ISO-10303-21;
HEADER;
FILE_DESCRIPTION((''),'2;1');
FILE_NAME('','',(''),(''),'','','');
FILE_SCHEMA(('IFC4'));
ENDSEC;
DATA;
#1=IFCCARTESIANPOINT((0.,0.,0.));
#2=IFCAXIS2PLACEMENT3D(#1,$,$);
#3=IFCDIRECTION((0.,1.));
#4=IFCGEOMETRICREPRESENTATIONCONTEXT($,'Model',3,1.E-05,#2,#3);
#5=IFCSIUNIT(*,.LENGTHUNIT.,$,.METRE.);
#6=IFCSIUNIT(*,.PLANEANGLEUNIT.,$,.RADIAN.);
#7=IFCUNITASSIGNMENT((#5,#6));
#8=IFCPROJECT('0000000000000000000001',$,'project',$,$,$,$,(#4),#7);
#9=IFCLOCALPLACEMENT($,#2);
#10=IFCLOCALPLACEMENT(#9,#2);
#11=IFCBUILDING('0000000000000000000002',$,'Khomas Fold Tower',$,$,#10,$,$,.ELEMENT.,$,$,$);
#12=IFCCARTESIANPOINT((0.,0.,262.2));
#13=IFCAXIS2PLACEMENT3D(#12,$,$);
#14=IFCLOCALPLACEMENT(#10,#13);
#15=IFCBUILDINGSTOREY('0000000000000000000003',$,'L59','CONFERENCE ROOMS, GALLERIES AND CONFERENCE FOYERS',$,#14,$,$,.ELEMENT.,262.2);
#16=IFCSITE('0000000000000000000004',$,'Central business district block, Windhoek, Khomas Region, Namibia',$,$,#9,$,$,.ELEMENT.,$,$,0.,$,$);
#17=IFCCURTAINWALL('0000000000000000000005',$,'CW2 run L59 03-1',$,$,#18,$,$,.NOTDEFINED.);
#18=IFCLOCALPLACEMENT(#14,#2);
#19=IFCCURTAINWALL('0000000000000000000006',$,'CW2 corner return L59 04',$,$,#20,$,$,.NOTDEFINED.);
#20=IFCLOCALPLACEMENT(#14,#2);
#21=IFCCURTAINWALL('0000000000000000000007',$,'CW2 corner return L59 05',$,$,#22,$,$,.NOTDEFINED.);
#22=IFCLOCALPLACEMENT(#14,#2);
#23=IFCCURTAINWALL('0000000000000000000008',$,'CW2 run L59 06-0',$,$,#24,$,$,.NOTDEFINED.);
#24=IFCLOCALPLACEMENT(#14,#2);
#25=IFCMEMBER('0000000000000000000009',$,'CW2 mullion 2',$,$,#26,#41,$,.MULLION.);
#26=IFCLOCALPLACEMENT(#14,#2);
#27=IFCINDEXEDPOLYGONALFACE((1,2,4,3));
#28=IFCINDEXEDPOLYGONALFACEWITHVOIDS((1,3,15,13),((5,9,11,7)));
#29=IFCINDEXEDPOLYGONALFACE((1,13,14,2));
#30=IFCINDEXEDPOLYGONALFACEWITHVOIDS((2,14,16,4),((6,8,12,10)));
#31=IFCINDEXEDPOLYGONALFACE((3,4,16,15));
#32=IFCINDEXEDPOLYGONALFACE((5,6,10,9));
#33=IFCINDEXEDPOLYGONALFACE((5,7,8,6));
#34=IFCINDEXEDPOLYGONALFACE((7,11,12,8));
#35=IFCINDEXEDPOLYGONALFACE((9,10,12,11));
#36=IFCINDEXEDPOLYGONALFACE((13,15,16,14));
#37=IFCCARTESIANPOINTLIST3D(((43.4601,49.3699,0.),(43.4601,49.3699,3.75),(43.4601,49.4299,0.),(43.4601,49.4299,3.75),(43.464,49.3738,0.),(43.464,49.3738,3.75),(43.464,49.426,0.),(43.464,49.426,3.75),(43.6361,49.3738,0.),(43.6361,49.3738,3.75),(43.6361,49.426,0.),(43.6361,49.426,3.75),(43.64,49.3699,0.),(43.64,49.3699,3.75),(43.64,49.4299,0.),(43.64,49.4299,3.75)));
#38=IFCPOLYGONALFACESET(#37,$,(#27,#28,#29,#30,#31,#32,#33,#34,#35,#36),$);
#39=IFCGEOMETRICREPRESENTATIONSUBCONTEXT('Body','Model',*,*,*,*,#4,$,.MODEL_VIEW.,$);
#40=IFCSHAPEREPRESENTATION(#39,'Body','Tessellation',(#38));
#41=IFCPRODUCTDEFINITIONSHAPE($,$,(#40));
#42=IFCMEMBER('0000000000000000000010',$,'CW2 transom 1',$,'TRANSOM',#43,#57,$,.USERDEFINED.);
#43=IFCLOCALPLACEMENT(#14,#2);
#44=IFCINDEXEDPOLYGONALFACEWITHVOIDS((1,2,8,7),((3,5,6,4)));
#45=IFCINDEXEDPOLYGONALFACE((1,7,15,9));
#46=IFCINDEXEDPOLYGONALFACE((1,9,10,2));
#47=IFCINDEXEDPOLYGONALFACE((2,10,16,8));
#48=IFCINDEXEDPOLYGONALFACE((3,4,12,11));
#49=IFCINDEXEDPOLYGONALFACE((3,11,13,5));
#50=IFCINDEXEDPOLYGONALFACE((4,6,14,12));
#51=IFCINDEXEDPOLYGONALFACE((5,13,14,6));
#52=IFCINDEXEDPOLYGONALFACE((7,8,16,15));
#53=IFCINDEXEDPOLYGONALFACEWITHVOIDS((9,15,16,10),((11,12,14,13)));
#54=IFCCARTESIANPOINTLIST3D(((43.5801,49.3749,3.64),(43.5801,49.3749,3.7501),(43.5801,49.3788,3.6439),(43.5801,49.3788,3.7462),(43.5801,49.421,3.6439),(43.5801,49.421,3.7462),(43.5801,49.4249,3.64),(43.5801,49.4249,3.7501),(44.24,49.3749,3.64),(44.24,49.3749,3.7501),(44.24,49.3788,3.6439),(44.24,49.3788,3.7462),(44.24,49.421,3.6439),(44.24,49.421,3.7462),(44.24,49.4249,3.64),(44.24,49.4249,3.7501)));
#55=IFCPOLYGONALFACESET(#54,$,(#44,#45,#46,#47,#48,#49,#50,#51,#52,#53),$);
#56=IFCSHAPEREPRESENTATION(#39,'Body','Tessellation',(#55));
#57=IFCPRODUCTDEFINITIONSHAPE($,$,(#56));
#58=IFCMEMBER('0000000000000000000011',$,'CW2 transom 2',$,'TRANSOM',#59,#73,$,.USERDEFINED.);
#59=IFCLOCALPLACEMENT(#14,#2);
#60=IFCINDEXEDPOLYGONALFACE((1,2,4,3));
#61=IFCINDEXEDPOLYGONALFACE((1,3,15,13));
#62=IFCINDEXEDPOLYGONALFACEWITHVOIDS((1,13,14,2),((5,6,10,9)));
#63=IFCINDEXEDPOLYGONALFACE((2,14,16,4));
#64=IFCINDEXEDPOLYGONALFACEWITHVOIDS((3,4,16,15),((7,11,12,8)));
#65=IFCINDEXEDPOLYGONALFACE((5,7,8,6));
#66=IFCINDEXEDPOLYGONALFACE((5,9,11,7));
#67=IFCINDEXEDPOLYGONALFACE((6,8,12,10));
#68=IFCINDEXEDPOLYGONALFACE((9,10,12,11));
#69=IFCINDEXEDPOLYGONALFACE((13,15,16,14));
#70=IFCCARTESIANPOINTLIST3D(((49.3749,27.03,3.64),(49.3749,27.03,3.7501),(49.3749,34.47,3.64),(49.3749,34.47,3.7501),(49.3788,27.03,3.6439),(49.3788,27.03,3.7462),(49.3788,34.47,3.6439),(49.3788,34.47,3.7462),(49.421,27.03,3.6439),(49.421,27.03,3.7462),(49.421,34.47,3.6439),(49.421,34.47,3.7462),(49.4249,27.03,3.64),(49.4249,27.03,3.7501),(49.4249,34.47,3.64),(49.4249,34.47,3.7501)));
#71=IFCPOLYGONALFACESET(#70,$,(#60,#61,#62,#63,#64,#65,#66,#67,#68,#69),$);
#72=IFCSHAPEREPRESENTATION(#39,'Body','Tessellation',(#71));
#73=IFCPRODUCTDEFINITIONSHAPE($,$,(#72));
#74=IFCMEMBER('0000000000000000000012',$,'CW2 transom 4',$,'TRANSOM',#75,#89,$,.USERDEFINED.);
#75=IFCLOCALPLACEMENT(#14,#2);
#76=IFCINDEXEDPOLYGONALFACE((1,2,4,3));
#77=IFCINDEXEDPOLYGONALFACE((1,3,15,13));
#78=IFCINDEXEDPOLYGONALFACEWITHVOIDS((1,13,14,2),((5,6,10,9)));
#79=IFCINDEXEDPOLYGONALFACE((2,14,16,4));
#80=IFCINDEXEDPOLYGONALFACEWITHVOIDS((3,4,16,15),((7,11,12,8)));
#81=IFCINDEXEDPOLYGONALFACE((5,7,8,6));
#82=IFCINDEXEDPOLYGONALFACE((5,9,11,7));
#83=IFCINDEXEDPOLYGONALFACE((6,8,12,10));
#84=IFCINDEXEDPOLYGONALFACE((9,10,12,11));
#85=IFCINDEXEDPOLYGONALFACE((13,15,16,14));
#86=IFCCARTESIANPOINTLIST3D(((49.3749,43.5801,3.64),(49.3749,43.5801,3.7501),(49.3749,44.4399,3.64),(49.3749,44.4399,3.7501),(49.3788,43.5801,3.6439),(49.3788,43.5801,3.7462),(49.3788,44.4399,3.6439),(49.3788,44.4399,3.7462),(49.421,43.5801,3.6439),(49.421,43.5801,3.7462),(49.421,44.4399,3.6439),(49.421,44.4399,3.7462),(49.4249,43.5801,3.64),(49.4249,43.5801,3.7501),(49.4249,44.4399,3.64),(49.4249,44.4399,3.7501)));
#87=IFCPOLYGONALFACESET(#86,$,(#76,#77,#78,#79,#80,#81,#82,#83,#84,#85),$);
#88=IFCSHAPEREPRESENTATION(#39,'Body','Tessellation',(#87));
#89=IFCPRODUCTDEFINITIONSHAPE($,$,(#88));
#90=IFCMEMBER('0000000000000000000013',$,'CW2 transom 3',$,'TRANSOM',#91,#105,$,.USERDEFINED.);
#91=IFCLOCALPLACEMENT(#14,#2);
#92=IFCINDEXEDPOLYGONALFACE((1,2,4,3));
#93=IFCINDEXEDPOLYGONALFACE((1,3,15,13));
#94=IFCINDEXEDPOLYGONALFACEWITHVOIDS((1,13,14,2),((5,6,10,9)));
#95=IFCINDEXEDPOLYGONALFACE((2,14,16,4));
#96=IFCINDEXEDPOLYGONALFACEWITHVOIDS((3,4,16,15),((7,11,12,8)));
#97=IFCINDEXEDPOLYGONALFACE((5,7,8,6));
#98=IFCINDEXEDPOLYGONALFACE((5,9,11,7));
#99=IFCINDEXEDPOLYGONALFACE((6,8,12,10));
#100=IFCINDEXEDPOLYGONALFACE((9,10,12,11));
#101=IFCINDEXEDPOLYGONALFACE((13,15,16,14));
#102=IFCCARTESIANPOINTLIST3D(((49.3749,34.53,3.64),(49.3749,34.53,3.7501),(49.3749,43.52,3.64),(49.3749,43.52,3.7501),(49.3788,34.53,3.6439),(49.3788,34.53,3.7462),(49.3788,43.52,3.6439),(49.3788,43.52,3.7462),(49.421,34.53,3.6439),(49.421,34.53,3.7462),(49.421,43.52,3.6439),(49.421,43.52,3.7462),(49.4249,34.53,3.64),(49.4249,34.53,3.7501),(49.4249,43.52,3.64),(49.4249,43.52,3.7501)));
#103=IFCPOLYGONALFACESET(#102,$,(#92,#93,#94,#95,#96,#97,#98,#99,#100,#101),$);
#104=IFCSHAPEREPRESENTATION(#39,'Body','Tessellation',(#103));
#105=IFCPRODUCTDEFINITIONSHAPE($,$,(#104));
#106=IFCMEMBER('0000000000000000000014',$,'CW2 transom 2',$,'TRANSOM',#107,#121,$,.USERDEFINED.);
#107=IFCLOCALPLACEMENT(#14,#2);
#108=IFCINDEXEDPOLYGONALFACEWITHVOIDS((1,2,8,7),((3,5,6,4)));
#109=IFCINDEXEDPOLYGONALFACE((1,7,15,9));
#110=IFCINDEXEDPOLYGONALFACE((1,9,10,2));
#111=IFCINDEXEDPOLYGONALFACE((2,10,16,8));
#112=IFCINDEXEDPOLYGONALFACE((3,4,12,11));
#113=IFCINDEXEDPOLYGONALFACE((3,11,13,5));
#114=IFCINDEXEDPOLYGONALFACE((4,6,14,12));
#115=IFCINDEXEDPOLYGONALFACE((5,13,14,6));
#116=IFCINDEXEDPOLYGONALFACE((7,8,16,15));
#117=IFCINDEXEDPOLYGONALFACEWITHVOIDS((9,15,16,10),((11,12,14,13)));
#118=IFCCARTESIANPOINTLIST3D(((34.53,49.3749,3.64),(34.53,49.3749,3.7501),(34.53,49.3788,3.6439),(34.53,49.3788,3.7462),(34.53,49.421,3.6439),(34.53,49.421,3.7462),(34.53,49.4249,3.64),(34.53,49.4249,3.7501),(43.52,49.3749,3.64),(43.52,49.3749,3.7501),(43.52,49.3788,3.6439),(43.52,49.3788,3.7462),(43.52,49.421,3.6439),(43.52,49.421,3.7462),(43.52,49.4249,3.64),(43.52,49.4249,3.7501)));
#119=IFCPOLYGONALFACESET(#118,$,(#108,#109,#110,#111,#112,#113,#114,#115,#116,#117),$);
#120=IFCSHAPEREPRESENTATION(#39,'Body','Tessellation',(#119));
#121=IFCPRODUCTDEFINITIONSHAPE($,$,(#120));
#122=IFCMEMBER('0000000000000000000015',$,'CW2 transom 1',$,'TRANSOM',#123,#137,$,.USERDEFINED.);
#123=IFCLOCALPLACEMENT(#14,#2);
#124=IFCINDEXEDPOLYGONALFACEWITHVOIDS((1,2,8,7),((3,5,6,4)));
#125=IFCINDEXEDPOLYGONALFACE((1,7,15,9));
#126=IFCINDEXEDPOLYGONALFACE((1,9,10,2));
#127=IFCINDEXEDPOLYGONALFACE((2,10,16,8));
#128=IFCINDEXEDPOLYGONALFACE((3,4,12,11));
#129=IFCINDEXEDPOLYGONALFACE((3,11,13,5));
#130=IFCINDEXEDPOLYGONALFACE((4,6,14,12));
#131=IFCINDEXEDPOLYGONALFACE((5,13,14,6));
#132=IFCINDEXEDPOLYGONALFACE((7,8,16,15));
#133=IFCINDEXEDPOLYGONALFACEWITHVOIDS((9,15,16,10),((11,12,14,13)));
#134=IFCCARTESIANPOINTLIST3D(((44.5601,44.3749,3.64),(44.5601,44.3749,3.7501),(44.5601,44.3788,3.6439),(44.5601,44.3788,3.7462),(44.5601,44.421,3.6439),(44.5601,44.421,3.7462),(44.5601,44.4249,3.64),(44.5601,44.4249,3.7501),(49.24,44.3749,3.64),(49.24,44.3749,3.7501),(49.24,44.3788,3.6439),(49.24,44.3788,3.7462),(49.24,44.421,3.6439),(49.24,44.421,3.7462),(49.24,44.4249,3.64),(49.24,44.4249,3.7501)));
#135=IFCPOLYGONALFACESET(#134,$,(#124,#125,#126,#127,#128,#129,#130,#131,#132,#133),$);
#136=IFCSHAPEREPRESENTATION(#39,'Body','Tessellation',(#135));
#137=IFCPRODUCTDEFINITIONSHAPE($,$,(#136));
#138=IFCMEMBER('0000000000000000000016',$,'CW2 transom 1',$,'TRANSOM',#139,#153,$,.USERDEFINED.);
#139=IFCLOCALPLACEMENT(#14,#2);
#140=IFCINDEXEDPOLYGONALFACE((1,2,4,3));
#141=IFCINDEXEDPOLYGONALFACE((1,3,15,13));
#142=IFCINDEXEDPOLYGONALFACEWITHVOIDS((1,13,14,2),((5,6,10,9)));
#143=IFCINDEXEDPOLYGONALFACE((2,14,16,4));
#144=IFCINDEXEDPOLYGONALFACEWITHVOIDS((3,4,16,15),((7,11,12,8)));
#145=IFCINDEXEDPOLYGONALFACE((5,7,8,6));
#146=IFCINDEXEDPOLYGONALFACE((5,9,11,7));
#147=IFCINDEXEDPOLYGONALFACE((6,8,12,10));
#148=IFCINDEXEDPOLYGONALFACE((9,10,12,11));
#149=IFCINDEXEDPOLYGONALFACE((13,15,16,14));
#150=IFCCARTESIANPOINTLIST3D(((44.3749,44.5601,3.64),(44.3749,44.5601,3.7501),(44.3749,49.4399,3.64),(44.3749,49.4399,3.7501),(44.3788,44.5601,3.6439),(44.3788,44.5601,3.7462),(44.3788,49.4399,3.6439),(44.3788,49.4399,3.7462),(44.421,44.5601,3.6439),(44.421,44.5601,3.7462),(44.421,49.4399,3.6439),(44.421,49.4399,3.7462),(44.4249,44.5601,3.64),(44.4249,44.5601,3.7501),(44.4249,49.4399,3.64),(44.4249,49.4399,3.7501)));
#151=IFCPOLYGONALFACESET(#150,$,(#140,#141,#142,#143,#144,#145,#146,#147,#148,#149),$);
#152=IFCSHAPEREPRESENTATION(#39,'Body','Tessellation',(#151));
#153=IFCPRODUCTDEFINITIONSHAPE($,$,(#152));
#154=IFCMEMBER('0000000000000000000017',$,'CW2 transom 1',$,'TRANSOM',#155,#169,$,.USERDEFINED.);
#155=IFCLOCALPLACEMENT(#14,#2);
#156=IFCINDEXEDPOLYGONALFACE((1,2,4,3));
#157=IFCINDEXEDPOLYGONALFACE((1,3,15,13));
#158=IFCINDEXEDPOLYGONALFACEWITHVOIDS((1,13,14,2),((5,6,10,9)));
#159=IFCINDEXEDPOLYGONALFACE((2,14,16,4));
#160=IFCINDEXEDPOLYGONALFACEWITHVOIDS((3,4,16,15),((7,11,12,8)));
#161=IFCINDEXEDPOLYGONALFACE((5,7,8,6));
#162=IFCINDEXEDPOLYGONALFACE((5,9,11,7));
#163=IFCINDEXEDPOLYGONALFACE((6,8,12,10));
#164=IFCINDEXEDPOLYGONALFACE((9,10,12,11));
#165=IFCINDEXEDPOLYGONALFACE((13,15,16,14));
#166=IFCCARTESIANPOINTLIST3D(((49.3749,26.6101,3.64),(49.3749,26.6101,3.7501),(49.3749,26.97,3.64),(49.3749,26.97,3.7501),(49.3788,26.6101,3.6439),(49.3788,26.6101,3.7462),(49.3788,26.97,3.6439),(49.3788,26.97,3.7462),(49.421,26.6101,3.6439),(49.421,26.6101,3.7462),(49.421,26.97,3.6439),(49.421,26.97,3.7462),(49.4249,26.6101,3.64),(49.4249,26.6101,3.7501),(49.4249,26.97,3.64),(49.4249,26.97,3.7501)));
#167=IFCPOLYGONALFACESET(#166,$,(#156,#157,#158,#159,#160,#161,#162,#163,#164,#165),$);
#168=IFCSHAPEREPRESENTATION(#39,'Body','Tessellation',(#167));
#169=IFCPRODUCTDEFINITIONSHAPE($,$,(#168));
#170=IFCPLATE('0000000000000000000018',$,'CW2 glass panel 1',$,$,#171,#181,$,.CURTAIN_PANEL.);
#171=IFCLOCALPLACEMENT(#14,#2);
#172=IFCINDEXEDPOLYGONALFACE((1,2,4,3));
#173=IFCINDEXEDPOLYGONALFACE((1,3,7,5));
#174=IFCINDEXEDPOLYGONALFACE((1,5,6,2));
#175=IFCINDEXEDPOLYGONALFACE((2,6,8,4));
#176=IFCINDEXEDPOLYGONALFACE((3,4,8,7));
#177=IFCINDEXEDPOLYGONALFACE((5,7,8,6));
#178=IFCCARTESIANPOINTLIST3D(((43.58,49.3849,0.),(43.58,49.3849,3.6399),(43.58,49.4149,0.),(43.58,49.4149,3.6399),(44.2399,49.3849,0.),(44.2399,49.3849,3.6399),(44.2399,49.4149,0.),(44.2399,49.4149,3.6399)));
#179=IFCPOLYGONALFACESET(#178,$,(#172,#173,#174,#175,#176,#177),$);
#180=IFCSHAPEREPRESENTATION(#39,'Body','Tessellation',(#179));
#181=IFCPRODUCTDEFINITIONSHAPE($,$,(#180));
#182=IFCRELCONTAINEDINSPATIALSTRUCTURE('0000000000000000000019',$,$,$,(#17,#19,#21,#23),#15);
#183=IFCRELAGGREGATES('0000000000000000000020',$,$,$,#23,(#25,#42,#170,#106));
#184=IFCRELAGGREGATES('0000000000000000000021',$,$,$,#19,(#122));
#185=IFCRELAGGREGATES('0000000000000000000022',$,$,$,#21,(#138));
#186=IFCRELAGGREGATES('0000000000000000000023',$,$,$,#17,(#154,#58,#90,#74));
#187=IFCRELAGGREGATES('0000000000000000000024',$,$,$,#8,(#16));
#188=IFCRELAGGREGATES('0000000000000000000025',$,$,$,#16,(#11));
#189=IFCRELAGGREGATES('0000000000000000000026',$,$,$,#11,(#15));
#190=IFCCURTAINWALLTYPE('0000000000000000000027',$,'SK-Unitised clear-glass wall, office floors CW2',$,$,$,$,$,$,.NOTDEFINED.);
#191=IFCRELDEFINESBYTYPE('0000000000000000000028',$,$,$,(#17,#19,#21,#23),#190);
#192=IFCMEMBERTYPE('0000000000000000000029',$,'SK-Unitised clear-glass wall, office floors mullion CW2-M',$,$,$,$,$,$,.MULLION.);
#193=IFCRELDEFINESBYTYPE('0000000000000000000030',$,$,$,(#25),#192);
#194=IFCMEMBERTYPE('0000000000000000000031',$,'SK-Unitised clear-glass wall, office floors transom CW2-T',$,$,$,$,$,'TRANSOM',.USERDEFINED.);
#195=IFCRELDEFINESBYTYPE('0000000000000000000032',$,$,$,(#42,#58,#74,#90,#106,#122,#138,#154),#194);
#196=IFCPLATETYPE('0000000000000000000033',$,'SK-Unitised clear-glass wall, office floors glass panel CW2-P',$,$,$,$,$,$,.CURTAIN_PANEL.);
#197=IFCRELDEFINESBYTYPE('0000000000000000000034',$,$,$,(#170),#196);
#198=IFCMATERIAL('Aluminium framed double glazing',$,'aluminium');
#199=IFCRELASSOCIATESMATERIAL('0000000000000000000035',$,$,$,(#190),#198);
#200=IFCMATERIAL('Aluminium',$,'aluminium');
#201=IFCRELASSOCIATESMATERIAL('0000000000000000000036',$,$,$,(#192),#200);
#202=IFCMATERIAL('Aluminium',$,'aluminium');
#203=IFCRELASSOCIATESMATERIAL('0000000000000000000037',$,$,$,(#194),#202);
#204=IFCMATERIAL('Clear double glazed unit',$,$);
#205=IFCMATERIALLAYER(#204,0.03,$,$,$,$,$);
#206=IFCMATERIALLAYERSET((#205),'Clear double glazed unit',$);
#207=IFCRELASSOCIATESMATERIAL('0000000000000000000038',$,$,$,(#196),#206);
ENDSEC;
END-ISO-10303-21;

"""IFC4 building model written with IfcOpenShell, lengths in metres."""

from ifc_helpers import new_model, si_unit, direction, frame, origin, origin_2d, place, context, subcontext, project, spatial, rectangle, hollow_rectangle, extrude, source, transform, mapped, material, layer, layer_set, material_profile, profile_set, type_object, element, aggregate, save


model = new_model("IFC4")

# Units and contexts
model_context = context("Model", 3, precision=1e-05, world=origin(), true_north=direction((0.0, 1.0)))
body_context = subcontext(model_context, "Body", "Model", "MODEL_VIEW")
ifc_project = project(units=[si_unit("LENGTHUNIT", "METRE"), si_unit("PLANEANGLEUNIT", "RADIAN")], contexts=[model_context])

# Site, building, storey
site_placement = place(None, origin())
site = spatial("IfcSite", under=ifc_project, at=site_placement, Name="Central business district block, Windhoek, Khomas Region, Namibia", CompositionType="ELEMENT", RefElevation=0.0)
building_placement = place(site_placement, origin())
building = spatial("IfcBuilding", under=site, at=building_placement, Name="Khomas Fold Tower", CompositionType="ELEMENT")
storey_placement = place(building_placement, frame((0.0, 0.0, 262.2)))
storey = spatial("IfcBuildingStorey", under=building, at=storey_placement, Name="L59", Description="CONFERENCE ROOMS, GALLERIES AND CONFERENCE FOYERS", CompositionType="ELEMENT", Elevation=262.2)

# Curtain walls, members
ifc_material_1 = material(Name="Aluminium framed double glazing", Category="aluminium")
curtain_wall_type = type_object("IfcCurtainWallType", Name="SK-Unitised clear-glass wall, office floors CW2", PredefinedType="NOTDEFINED", material=ifc_material_1)
curtain_wall_1_placement = place(storey_placement, origin())
curtain_wall_1 = element("IfcCurtainWall", 1, at=curtain_wall_1_placement, inside=storey, type_object=curtain_wall_type, Name="CW2 run L59 03-1", PredefinedType="NOTDEFINED")
ifc_material_2 = material(Name="Aluminium", Category="aluminium")
ifc_material_profile_1 = material_profile(ifc_material_2, hollow_rectangle(XDim=0.0601, YDim=0.1799, WallThickness=0.0039, at=origin_2d()), Name="SK-Unitised clear-glass wall, office floors mullion CW2-M")
ifc_profile_set_1 = profile_set([ifc_material_profile_1], Name="Aluminium")
member_type_1 = type_object("IfcMemberType", Name="SK-Unitised clear-glass wall, office floors mullion CW2-M", PredefinedType="MULLION", material=ifc_profile_set_1)
shared_shape_1 = source(origin(), body_context, "Body", "SweptSolid", [
    extrude(hollow_rectangle(XDim=0.0601, YDim=0.1799, WallThickness=0.0039, at=origin_2d()), origin(), (0.0, 0.0, 1.0), 3.75),
])
curtain_wall_2_placement = place(storey_placement, origin())
curtain_wall_2 = element("IfcCurtainWall", 2, at=curtain_wall_2_placement, inside=storey, type_object=curtain_wall_type, Name="CW2 corner return L59 04", PredefinedType="NOTDEFINED")
curtain_wall_3_placement = place(storey_placement, origin())
curtain_wall_3 = element("IfcCurtainWall", 3, at=curtain_wall_3_placement, inside=storey, type_object=curtain_wall_type, Name="CW2 corner return L59 05", PredefinedType="NOTDEFINED")
curtain_wall_4_placement = place(storey_placement, origin())
curtain_wall_4 = element("IfcCurtainWall", 4, at=curtain_wall_4_placement, inside=storey, type_object=curtain_wall_type, Name="CW2 run L59 06-0", PredefinedType="NOTDEFINED")
member_1_placement = place(storey_placement, frame((43.55, 49.3999, 0.0), z_axis=(0.0, 0.0, 1.0), x_axis=(0.0, -1.0, 0.0)))
member_1 = element("IfcMember", 5, at=member_1_placement, type_object=member_type_1, Name="CW2 mullion 2", PredefinedType="MULLION", context=body_context, shape_type="MappedRepresentation", body=[
    mapped(shared_shape_1, transform((0.0, 0.0, 0.0))),
])
ifc_material_3 = material(Name="Aluminium", Category="aluminium")
ifc_material_profile_2 = material_profile(ifc_material_3, hollow_rectangle(XDim=0.05, YDim=0.1101, WallThickness=0.0039, at=origin_2d()), Name="SK-Unitised clear-glass wall, office floors transom CW2-T")
ifc_profile_set_2 = profile_set([ifc_material_profile_2], Name="Aluminium")
member_type_2 = type_object("IfcMemberType", Name="SK-Unitised clear-glass wall, office floors transom CW2-T", ElementType="TRANSOM", PredefinedType="USERDEFINED", material=ifc_profile_set_2)
shared_shape_2 = source(origin(), body_context, "Body", "SweptSolid", [
    extrude(hollow_rectangle(XDim=0.05, YDim=0.1101, WallThickness=0.0039, at=origin_2d()), origin(), (0.0, 0.0, 1.0), 0.6599),
])
member_2_placement = place(storey_placement, frame((44.24, 49.3999, 3.6951), z_axis=(-1.0, 0.0, 0.0), x_axis=(0.0, -1.0, 0.0)))
member_2 = element("IfcMember", 6, at=member_2_placement, type_object=member_type_2, Name="CW2 transom 1", ObjectType="TRANSOM", PredefinedType="USERDEFINED", context=body_context, shape_type="MappedRepresentation", body=[
    mapped(shared_shape_2, transform((0.0, 0.0, 0.0))),
])

# Members
shared_shape_3 = source(origin(), body_context, "Body", "SweptSolid", [
    extrude(hollow_rectangle(XDim=0.05, YDim=0.1101, WallThickness=0.0039, at=origin_2d()), origin(), (0.0, 0.0, 1.0), 7.4399),
])
member_3_placement = place(storey_placement, frame((49.3999, 27.03, 3.6951), z_axis=(0.0, 1.0, 0.0), x_axis=(-1.0, 0.0, 0.0)))
member_3 = element("IfcMember", 7, at=member_3_placement, type_object=member_type_2, Name="CW2 transom 2", ObjectType="TRANSOM", PredefinedType="USERDEFINED", context=body_context, shape_type="MappedRepresentation", body=[
    mapped(shared_shape_3, transform((0.0, 0.0, 0.0))),
])
shared_shape_4 = source(origin(), body_context, "Body", "SweptSolid", [
    extrude(hollow_rectangle(XDim=0.05, YDim=0.1101, WallThickness=0.0039, at=origin_2d()), origin(), (0.0, 0.0, 1.0), 0.8599),
])
member_4_placement = place(storey_placement, frame((49.3999, 43.5801, 3.6951), z_axis=(0.0, 1.0, 0.0), x_axis=(-1.0, 0.0, 0.0)))
member_4 = element("IfcMember", 8, at=member_4_placement, type_object=member_type_2, Name="CW2 transom 4", ObjectType="TRANSOM", PredefinedType="USERDEFINED", context=body_context, shape_type="MappedRepresentation", body=[
    mapped(shared_shape_4, transform((0.0, 0.0, 0.0))),
])
shared_shape_5 = source(origin(), body_context, "Body", "SweptSolid", [
    extrude(hollow_rectangle(XDim=0.05, YDim=0.1101, WallThickness=0.0039, at=origin_2d()), origin(), (0.0, 0.0, 1.0), 8.99),
])
member_5_placement = place(storey_placement, frame((49.3999, 34.53, 3.6951), z_axis=(0.0, 1.0, 0.0), x_axis=(-1.0, 0.0, 0.0)))
member_5 = element("IfcMember", 9, at=member_5_placement, type_object=member_type_2, Name="CW2 transom 3", ObjectType="TRANSOM", PredefinedType="USERDEFINED", context=body_context, shape_type="MappedRepresentation", body=[
    mapped(shared_shape_5, transform((0.0, 0.0, 0.0))),
])
member_6_placement = place(storey_placement, frame((43.52, 49.3999, 3.6951), z_axis=(-1.0, 0.0, 0.0), x_axis=(0.0, -1.0, 0.0)))
member_6 = element("IfcMember", 10, at=member_6_placement, type_object=member_type_2, Name="CW2 transom 2", ObjectType="TRANSOM", PredefinedType="USERDEFINED", context=body_context, shape_type="MappedRepresentation", body=[
    mapped(shared_shape_5, transform((0.0, 0.0, 0.0))),
])
shared_shape_6 = source(origin(), body_context, "Body", "SweptSolid", [
    extrude(hollow_rectangle(XDim=0.05, YDim=0.1101, WallThickness=0.0039, at=origin_2d()), origin(), (0.0, 0.0, 1.0), 4.6799),
])
member_7_placement = place(storey_placement, frame((49.24, 44.3999, 3.6951), z_axis=(-1.0, 0.0, 0.0), x_axis=(0.0, -1.0, 0.0)))
member_7 = element("IfcMember", 11, at=member_7_placement, type_object=member_type_2, Name="CW2 transom 1", ObjectType="TRANSOM", PredefinedType="USERDEFINED", context=body_context, shape_type="MappedRepresentation", body=[
    mapped(shared_shape_6, transform((0.0, 0.0, 0.0))),
])
shared_shape_7 = source(origin(), body_context, "Body", "SweptSolid", [
    extrude(hollow_rectangle(XDim=0.05, YDim=0.1101, WallThickness=0.0039, at=origin_2d()), origin(), (0.0, 0.0, 1.0), 4.8799),
])
member_8_placement = place(storey_placement, frame((44.3999, 44.5601, 3.6951), z_axis=(0.0, 1.0, 0.0), x_axis=(-1.0, 0.0, 0.0)))
member_8 = element("IfcMember", 12, at=member_8_placement, type_object=member_type_2, Name="CW2 transom 1", ObjectType="TRANSOM", PredefinedType="USERDEFINED", context=body_context, shape_type="MappedRepresentation", body=[
    mapped(shared_shape_7, transform((0.0, 0.0, 0.0))),
])
shared_shape_8 = source(origin(), body_context, "Body", "SweptSolid", [
    extrude(hollow_rectangle(XDim=0.05, YDim=0.1101, WallThickness=0.0039, at=origin_2d()), origin(), (0.0, 0.0, 1.0), 0.3599),
])
member_9_placement = place(storey_placement, frame((49.3999, 26.6101, 3.6951), z_axis=(0.0, 1.0, 0.0), x_axis=(-1.0, 0.0, 0.0)))
member_9 = element("IfcMember", 13, at=member_9_placement, type_object=member_type_2, Name="CW2 transom 1", ObjectType="TRANSOM", PredefinedType="USERDEFINED", context=body_context, shape_type="MappedRepresentation", body=[
    mapped(shared_shape_8, transform((0.0, 0.0, 0.0))),
])

# Plate
ifc_material_4 = material(Name="Clear double glazed unit")
ifc_layer_1 = layer(ifc_material_4, 0.03)
ifc_layer_set_1 = layer_set([ifc_layer_1], Name="Clear double glazed unit")
plate_type = type_object("IfcPlateType", Name="SK-Unitised clear-glass wall, office floors glass panel CW2-P", PredefinedType="CURTAIN_PANEL", material=ifc_layer_set_1)
shared_shape_9 = source(origin(), body_context, "Body", "SweptSolid", [
    extrude(rectangle(XDim=0.6599, YDim=0.03, at=origin_2d()), origin(), (0.0, 0.0, 1.0), 3.6399),
])
plate_1_placement = place(storey_placement, frame((43.9099, 49.3999, 0.0), z_axis=(0.0, 0.0, 1.0), x_axis=(-1.0, 0.0, 0.0)))
plate_1 = element("IfcPlate", 14, at=plate_1_placement, type_object=plate_type, Name="CW2 glass panel 1", PredefinedType="CURTAIN_PANEL", context=body_context, shape_type="MappedRepresentation", body=[
    mapped(shared_shape_9, transform((0.0, 0.0, 0.0))),
])
aggregate(curtain_wall_4, [member_1, member_2, plate_1, member_6])
aggregate(curtain_wall_2, [member_7])
aggregate(curtain_wall_3, [member_8])
aggregate(curtain_wall_1, [member_9, member_3, member_5, member_4])

save(model, "model.ifc")
